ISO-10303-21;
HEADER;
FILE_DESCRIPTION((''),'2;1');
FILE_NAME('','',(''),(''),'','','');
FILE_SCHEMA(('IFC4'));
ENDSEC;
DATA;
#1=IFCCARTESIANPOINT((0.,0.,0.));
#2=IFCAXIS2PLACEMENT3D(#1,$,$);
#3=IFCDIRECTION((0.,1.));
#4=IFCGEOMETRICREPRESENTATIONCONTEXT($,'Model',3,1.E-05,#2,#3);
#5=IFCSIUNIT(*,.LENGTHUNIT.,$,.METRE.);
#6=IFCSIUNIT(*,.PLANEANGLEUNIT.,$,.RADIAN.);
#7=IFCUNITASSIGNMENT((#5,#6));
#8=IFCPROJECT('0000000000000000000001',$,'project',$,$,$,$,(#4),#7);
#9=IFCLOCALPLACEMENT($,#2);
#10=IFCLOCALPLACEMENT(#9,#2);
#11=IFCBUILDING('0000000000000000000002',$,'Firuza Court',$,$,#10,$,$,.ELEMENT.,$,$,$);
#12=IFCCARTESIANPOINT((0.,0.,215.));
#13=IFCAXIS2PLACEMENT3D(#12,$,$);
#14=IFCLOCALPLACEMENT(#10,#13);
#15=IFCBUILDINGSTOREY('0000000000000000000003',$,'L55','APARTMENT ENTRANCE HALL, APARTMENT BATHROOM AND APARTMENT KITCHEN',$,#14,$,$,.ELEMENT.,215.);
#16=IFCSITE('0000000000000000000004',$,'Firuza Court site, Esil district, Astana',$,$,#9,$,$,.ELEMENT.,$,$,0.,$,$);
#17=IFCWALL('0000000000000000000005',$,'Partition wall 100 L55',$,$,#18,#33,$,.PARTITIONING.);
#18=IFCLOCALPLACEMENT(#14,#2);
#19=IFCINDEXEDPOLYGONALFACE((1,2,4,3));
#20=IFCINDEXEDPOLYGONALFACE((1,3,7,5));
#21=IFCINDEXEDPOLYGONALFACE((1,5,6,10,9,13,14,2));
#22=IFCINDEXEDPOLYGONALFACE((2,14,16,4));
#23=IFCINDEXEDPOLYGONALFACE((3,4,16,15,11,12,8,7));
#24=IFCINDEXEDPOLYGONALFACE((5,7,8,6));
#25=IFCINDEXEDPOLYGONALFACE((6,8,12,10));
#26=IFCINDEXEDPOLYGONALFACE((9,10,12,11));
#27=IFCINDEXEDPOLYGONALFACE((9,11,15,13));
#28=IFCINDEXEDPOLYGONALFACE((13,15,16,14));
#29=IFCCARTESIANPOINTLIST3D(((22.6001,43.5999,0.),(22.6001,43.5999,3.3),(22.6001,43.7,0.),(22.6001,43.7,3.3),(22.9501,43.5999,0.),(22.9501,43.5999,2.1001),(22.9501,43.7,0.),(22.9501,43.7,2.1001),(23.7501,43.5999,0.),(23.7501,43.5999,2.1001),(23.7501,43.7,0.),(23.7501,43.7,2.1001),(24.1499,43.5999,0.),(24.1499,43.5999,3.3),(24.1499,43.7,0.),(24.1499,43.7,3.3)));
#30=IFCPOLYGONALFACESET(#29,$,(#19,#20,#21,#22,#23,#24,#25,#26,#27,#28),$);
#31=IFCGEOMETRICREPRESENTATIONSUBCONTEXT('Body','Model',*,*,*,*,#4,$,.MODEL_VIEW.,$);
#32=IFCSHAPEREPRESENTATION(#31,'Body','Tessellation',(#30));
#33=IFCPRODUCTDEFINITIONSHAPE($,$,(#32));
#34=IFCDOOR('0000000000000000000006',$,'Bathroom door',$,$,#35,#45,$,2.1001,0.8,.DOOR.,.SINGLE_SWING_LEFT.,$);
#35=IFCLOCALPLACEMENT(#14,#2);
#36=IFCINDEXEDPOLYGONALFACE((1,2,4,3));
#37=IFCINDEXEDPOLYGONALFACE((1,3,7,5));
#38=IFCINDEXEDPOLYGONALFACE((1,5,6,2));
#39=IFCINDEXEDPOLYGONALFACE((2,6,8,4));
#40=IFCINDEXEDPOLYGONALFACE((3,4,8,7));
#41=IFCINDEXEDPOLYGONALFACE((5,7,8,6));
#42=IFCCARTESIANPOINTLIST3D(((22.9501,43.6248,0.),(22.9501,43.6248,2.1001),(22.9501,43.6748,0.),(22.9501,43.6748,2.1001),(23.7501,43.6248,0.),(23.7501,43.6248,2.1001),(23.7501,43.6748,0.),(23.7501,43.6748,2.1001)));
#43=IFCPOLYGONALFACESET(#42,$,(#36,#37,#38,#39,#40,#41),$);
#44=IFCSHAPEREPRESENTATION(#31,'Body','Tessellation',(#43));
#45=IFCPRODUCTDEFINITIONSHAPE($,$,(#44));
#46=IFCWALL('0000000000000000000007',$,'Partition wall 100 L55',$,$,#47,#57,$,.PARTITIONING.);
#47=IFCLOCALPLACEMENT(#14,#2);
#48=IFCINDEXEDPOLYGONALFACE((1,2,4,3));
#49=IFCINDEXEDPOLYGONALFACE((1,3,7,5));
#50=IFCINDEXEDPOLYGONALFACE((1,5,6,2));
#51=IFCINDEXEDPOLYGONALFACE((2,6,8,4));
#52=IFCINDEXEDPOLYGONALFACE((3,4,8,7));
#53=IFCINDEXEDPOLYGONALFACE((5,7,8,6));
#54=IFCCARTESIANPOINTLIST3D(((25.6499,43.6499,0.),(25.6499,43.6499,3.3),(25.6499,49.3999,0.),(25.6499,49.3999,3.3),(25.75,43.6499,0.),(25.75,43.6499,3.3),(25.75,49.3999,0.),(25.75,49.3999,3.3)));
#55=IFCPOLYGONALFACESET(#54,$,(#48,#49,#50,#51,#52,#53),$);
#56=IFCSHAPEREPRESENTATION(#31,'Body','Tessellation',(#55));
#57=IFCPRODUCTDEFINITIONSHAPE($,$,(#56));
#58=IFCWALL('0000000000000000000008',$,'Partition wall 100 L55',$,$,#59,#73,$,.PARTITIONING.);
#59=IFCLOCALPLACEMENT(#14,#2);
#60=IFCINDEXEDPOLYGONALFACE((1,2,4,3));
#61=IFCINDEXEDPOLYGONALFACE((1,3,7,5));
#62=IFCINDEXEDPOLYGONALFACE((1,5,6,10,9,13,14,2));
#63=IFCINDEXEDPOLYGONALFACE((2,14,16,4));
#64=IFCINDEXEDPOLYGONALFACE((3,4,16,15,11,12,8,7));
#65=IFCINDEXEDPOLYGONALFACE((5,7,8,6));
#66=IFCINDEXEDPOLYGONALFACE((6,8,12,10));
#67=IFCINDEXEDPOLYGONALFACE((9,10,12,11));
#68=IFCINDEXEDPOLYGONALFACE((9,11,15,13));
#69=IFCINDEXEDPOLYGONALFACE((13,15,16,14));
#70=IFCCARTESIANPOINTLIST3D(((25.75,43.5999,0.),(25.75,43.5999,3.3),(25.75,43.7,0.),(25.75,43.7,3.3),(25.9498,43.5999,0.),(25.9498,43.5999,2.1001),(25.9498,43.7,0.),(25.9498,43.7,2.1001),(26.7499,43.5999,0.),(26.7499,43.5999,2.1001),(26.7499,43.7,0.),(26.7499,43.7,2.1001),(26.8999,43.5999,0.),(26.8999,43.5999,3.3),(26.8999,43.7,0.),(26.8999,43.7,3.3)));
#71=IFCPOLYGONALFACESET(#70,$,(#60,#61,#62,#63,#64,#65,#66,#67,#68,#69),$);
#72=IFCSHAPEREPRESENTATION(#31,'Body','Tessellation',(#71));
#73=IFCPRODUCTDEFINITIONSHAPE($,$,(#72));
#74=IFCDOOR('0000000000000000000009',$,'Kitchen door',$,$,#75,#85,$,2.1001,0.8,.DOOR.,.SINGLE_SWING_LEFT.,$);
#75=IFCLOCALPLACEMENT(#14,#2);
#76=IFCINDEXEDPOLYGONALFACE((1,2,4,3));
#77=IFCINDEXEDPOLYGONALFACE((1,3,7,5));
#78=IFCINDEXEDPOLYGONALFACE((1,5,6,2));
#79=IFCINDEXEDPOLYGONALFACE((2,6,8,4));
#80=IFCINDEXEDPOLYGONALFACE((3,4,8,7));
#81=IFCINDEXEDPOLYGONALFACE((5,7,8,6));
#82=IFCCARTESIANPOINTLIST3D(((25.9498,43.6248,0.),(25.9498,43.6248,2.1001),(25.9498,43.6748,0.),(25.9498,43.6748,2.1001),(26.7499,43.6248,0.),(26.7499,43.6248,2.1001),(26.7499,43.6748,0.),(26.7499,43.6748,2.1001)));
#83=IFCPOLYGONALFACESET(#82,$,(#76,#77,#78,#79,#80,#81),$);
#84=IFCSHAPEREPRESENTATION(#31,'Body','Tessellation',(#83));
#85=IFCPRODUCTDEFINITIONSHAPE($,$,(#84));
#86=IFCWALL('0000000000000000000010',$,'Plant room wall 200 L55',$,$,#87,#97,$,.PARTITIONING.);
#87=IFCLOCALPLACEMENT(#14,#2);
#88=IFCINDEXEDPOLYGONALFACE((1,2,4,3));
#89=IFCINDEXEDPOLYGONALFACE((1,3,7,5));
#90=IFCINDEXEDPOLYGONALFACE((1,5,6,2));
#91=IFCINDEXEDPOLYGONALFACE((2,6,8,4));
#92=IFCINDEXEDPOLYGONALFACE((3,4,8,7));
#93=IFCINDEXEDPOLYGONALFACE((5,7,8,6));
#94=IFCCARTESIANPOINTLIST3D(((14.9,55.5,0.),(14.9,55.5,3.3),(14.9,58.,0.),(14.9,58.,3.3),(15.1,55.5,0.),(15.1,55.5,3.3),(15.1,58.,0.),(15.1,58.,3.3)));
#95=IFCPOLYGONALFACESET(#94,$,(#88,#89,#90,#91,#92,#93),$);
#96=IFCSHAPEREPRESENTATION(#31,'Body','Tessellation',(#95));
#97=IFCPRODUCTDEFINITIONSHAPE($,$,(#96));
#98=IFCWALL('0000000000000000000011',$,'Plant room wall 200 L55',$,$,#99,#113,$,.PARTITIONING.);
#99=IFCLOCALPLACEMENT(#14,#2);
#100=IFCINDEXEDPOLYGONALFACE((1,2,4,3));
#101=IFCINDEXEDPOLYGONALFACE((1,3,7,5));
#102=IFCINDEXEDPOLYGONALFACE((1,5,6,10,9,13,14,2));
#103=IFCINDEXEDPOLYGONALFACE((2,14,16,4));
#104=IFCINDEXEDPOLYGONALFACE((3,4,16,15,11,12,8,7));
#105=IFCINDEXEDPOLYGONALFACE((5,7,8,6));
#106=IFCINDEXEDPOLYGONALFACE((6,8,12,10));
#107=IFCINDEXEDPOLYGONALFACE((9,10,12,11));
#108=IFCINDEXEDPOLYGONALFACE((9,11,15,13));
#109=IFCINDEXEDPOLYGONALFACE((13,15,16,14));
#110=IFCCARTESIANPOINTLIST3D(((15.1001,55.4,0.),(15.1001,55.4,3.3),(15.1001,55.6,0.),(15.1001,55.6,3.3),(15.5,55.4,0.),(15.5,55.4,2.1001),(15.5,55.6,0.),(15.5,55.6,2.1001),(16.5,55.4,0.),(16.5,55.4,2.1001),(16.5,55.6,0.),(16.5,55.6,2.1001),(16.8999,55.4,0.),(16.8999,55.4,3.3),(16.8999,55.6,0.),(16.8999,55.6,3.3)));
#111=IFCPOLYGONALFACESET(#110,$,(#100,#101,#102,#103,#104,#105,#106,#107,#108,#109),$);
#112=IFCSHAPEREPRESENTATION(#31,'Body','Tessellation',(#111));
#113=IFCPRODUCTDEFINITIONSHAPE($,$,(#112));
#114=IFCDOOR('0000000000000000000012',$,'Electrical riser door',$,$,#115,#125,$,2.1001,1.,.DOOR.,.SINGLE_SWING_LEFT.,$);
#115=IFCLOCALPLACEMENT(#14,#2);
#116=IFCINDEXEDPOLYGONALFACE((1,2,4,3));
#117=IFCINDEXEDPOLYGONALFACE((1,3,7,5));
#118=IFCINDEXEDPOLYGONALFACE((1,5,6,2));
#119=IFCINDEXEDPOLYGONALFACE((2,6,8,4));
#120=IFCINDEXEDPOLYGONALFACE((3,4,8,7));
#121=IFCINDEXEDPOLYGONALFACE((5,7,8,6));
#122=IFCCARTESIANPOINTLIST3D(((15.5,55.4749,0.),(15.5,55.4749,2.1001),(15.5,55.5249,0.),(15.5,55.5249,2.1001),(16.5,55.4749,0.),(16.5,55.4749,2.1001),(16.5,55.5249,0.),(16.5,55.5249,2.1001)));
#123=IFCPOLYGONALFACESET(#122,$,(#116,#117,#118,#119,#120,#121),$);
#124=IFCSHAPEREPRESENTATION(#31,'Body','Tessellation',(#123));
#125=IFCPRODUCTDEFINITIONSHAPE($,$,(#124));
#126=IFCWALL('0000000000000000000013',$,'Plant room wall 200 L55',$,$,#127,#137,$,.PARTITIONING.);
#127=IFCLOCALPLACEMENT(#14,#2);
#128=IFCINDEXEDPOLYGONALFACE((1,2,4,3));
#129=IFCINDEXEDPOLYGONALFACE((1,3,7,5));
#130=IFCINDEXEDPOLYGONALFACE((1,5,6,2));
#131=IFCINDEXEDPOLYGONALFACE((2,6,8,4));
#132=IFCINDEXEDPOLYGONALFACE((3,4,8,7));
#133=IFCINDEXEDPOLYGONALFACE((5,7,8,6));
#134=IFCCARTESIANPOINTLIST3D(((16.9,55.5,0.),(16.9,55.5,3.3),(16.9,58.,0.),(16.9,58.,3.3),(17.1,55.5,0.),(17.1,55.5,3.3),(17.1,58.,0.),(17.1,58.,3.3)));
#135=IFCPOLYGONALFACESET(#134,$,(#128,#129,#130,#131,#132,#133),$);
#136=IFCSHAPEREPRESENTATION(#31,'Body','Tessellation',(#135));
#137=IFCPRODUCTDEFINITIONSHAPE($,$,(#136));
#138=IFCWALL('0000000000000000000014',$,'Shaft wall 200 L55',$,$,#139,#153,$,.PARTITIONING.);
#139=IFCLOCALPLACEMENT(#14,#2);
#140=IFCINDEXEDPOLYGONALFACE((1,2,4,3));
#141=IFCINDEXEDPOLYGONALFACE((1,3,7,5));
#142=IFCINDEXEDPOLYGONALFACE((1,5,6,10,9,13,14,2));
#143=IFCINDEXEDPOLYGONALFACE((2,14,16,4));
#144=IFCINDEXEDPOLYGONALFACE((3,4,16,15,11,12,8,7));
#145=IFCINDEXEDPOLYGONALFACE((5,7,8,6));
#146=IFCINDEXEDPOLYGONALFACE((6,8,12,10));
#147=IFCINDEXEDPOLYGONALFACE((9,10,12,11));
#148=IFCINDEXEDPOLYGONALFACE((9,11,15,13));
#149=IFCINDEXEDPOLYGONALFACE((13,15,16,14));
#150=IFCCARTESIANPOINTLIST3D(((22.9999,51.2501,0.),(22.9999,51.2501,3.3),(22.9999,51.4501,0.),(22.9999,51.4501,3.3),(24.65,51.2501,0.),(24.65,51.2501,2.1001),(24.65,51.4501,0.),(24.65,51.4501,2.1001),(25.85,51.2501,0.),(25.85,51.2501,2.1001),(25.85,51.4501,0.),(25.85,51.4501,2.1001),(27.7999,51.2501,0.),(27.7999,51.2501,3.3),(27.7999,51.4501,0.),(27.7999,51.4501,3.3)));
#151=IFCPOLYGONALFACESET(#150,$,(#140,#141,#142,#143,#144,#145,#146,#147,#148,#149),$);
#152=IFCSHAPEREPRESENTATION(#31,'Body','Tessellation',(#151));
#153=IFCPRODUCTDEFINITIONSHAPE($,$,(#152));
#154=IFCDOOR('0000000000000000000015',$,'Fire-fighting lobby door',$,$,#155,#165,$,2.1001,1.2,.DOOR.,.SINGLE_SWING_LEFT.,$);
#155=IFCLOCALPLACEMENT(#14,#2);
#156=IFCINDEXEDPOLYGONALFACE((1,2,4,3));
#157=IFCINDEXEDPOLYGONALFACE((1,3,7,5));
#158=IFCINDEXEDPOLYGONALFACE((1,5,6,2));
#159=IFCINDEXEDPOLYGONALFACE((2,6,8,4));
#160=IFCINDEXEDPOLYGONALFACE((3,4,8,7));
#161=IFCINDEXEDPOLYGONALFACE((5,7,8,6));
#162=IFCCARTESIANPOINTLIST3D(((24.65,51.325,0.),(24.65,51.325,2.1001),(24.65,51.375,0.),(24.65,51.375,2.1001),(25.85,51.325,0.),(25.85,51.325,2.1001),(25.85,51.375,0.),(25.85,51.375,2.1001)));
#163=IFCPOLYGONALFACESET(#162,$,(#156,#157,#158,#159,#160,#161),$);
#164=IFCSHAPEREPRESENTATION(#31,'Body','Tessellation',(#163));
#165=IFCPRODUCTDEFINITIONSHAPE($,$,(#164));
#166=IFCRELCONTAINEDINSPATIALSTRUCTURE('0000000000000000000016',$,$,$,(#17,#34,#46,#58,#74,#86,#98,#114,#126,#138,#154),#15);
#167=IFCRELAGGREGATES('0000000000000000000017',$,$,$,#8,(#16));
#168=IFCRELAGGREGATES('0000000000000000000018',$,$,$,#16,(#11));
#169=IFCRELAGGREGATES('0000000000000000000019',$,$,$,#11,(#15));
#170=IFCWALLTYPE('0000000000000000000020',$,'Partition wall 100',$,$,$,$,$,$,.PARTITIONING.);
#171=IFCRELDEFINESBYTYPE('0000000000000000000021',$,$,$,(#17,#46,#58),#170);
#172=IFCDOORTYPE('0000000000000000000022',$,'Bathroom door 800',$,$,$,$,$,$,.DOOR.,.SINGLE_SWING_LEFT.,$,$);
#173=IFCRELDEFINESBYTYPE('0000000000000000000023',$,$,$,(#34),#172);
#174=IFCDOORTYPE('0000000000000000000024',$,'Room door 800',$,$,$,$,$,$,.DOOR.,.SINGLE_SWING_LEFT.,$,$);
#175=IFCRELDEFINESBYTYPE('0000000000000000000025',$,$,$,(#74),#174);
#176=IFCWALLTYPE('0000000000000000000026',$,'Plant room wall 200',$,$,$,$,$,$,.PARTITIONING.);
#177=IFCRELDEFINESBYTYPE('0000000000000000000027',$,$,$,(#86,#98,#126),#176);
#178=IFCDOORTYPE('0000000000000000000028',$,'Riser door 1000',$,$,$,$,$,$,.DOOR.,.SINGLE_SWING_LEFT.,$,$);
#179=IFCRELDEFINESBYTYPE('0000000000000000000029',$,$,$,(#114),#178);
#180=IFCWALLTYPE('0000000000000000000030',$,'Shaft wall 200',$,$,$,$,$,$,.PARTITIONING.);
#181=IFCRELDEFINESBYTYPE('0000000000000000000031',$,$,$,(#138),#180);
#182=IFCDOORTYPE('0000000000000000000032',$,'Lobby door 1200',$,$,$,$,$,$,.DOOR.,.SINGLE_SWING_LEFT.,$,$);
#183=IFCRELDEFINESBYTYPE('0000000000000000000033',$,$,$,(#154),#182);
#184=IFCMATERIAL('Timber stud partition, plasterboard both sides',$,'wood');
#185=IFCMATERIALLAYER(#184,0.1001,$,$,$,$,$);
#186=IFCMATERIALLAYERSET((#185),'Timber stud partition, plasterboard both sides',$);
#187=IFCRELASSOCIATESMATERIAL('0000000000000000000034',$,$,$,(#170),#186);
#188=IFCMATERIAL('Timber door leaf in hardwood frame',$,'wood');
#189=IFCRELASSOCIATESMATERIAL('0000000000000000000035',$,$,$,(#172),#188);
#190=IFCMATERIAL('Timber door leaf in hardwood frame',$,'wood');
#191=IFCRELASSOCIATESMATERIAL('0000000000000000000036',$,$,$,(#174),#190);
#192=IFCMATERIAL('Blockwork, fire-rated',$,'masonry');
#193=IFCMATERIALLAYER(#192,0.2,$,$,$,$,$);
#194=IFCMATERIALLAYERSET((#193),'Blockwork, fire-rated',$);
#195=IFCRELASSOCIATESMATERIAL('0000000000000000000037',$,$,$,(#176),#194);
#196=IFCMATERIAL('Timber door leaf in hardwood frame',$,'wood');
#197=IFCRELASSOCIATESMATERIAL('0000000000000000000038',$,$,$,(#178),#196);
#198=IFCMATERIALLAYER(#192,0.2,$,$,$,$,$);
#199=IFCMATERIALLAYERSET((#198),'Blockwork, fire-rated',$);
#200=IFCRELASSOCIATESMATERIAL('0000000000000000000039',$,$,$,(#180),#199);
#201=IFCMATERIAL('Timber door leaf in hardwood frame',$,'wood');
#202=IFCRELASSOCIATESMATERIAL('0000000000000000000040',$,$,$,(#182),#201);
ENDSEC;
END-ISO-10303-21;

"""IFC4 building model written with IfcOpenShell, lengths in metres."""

from ifc_helpers import new_model, si_unit, direction, frame, frame_2d, origin, place, context, subcontext, project, spatial, rectangle, extrude, material, layer, layer_set, type_object, element, fill, save


model = new_model("IFC4")

# Units and contexts
model_context = context("Model", 3, precision=1e-05, world=origin(), true_north=direction((0.0, 1.0)))
body_context = subcontext(model_context, "Body", "Model", "MODEL_VIEW")
ifc_project = project(units=[si_unit("LENGTHUNIT", "METRE"), si_unit("PLANEANGLEUNIT", "RADIAN")], contexts=[model_context])

# Site, building, storey
site_placement = place(None, origin())
site = spatial("IfcSite", under=ifc_project, at=site_placement, Name="Firuza Court site, Esil district, Astana", CompositionType="ELEMENT", RefElevation=0.0)
building_placement = place(site_placement, origin())
building = spatial("IfcBuilding", under=site, at=building_placement, Name="Firuza Court", CompositionType="ELEMENT")
storey_placement = place(building_placement, frame((0.0, 0.0, 215.0)))
storey = spatial("IfcBuildingStorey", under=building, at=storey_placement, Name="L55", Description="APARTMENT ENTRANCE HALL, APARTMENT BATHROOM AND APARTMENT KITCHEN", CompositionType="ELEMENT", Elevation=215.0)

# Wall, opening, door
ifc_material_1 = material(Name="Timber stud partition, plasterboard both sides", Category="wood")
ifc_layer_1 = layer(ifc_material_1, 0.1001)
ifc_layer_set_1 = layer_set([ifc_layer_1], Name="Timber stud partition, plasterboard both sides")
wall_type_1 = type_object("IfcWallType", Name="Partition wall 100", PredefinedType="PARTITIONING", material=ifc_layer_set_1)
wall_1_placement = place(storey_placement, frame((22.6001, 43.6499, 0.0), z_axis=(0.0, 0.0, 1.0), x_axis=(1.0, 0.0, 0.0)))
wall_1 = element("IfcWall", 1, at=wall_1_placement, inside=storey, type_object=wall_type_1, Name="Partition wall 100 L55", PredefinedType="PARTITIONING", context=body_context, shape_type="SweptSolid", body=[
    extrude(rectangle(XDim=1.5498, YDim=0.1001, at=frame_2d((0.7749, 0.0))), origin(), (0.0, 0.0, 1.0), 3.3),
])
opening_1_placement = place(wall_1_placement, frame((0.3501, 0.0, 0.0)))
opening_1 = element("IfcOpeningElement", 2, at=opening_1_placement, cuts=wall_1, PredefinedType="OPENING", context=body_context, shape_type="SweptSolid", body=[
    extrude(rectangle(XDim=0.8, YDim=2.1001, at=frame_2d((0.3999, 1.05))), frame((0.0, 0.062, 0.0), z_axis=(0.0, -1.0, 0.0), x_axis=(1.0, 0.0, 0.0)), (0.0, 0.0, 1.0), 0.124),
])
ifc_material_2 = material(Name="Timber door leaf in hardwood frame", Category="wood")
door_type_1 = type_object("IfcDoorType", Name="Bathroom door 800", OperationType="SINGLE_SWING_LEFT", PredefinedType="DOOR", material=ifc_material_2)
door_1_placement = place(opening_1_placement, origin())
door_1 = element("IfcDoor", 3, at=door_1_placement, inside=storey, type_object=door_type_1, Name="Bathroom door", OperationType="SINGLE_SWING_LEFT", OverallHeight=2.1001, OverallWidth=0.8, PredefinedType="DOOR", context=body_context, shape_type="SweptSolid", body=[
    extrude(rectangle(XDim=0.8, YDim=2.1001, at=frame_2d((0.3999, 1.05))), frame((0.0, 0.0249, 0.0), z_axis=(0.0, -1.0, 0.0), x_axis=(1.0, 0.0, 0.0)), (0.0, 0.0, 1.0), 0.05),
])
fill(opening_1, door_1)

# Wall
wall_2_placement = place(storey_placement, frame((25.7, 43.6499, 0.0), z_axis=(0.0, 0.0, 1.0), x_axis=(0.0, 1.0, 0.0)))
element("IfcWall", 4, at=wall_2_placement, inside=storey, type_object=wall_type_1, Name="Partition wall 100 L55", PredefinedType="PARTITIONING", context=body_context, shape_type="SweptSolid", body=[
    extrude(rectangle(XDim=5.75, YDim=0.1001, at=frame_2d((2.875, 0.0))), origin(), (0.0, 0.0, 1.0), 3.3),
])

# Wall, opening, door
wall_3_placement = place(storey_placement, frame((25.75, 43.6499, 0.0), z_axis=(0.0, 0.0, 1.0), x_axis=(1.0, 0.0, 0.0)))
wall_3 = element("IfcWall", 5, at=wall_3_placement, inside=storey, type_object=wall_type_1, Name="Partition wall 100 L55", PredefinedType="PARTITIONING", context=body_context, shape_type="SweptSolid", body=[
    extrude(rectangle(XDim=1.1499, YDim=0.1001, at=frame_2d((0.575, 0.0))), origin(), (0.0, 0.0, 1.0), 3.3),
])
opening_2_placement = place(wall_3_placement, frame((0.2, 0.0, 0.0)))
opening_2 = element("IfcOpeningElement", 6, at=opening_2_placement, cuts=wall_3, PredefinedType="OPENING", context=body_context, shape_type="SweptSolid", body=[
    extrude(rectangle(XDim=0.8, YDim=2.1001, at=frame_2d((0.3999, 1.05))), frame((0.0, 0.062, 0.0), z_axis=(0.0, -1.0, 0.0), x_axis=(1.0, 0.0, 0.0)), (0.0, 0.0, 1.0), 0.124),
])
ifc_material_3 = material(Name="Timber door leaf in hardwood frame", Category="wood")
door_type_2 = type_object("IfcDoorType", Name="Room door 800", OperationType="SINGLE_SWING_LEFT", PredefinedType="DOOR", material=ifc_material_3)
door_2_placement = place(opening_2_placement, origin())
door_2 = element("IfcDoor", 7, at=door_2_placement, inside=storey, type_object=door_type_2, Name="Kitchen door", OperationType="SINGLE_SWING_LEFT", OverallHeight=2.1001, OverallWidth=0.8, PredefinedType="DOOR", context=body_context, shape_type="SweptSolid", body=[
    extrude(rectangle(XDim=0.8, YDim=2.1001, at=frame_2d((0.3999, 1.05))), frame((0.0, 0.0249, 0.0), z_axis=(0.0, -1.0, 0.0), x_axis=(1.0, 0.0, 0.0)), (0.0, 0.0, 1.0), 0.05),
])
fill(opening_2, door_2)

# Wall
ifc_material_4 = material(Name="Blockwork, fire-rated", Category="masonry")
ifc_layer_2 = layer(ifc_material_4, 0.2)
ifc_layer_set_2 = layer_set([ifc_layer_2], Name="Blockwork, fire-rated")
wall_type_2 = type_object("IfcWallType", Name="Plant room wall 200", PredefinedType="PARTITIONING", material=ifc_layer_set_2)
wall_4_placement = place(storey_placement, frame((15.0, 55.5, 0.0), z_axis=(0.0, 0.0, 1.0), x_axis=(0.0, 1.0, 0.0)))
element("IfcWall", 8, at=wall_4_placement, inside=storey, type_object=wall_type_2, Name="Plant room wall 200 L55", PredefinedType="PARTITIONING", context=body_context, shape_type="SweptSolid", body=[
    extrude(rectangle(XDim=2.5, YDim=0.2, at=frame_2d((1.25, 0.0))), origin(), (0.0, 0.0, 1.0), 3.3),
])

# Wall, opening, door
wall_5_placement = place(storey_placement, frame((15.1001, 55.5, 0.0), z_axis=(0.0, 0.0, 1.0), x_axis=(1.0, 0.0, 0.0)))
wall_5 = element("IfcWall", 9, at=wall_5_placement, inside=storey, type_object=wall_type_2, Name="Plant room wall 200 L55", PredefinedType="PARTITIONING", context=body_context, shape_type="SweptSolid", body=[
    extrude(rectangle(XDim=1.7998, YDim=0.2, at=frame_2d((0.8999, 0.0))), origin(), (0.0, 0.0, 1.0), 3.3),
])
opening_3_placement = place(wall_5_placement, frame((0.3999, 0.0, 0.0)))
opening_3 = element("IfcOpeningElement", 10, at=opening_3_placement, cuts=wall_5, PredefinedType="OPENING", context=body_context, shape_type="SweptSolid", body=[
    extrude(rectangle(XDim=1.0, YDim=2.1001, at=frame_2d((0.5, 1.05))), frame((0.0, 0.1118, 0.0), z_axis=(0.0, -1.0, 0.0), x_axis=(1.0, 0.0, 0.0)), (0.0, 0.0, 1.0), 0.2239),
])
ifc_material_5 = material(Name="Timber door leaf in hardwood frame", Category="wood")
door_type_3 = type_object("IfcDoorType", Name="Riser door 1000", OperationType="SINGLE_SWING_LEFT", PredefinedType="DOOR", material=ifc_material_5)
door_3_placement = place(opening_3_placement, origin())
door_3 = element("IfcDoor", 11, at=door_3_placement, inside=storey, type_object=door_type_3, Name="Electrical riser door", OperationType="SINGLE_SWING_LEFT", OverallHeight=2.1001, OverallWidth=1.0, PredefinedType="DOOR", context=body_context, shape_type="SweptSolid", body=[
    extrude(rectangle(XDim=1.0, YDim=2.1001, at=frame_2d((0.5, 1.05))), frame((0.0, 0.0249, 0.0), z_axis=(0.0, -1.0, 0.0), x_axis=(1.0, 0.0, 0.0)), (0.0, 0.0, 1.0), 0.05),
])
fill(opening_3, door_3)

# Wall
wall_6_placement = place(storey_placement, frame((17.0, 55.5, 0.0), z_axis=(0.0, 0.0, 1.0), x_axis=(0.0, 1.0, 0.0)))
element("IfcWall", 12, at=wall_6_placement, inside=storey, type_object=wall_type_2, Name="Plant room wall 200 L55", PredefinedType="PARTITIONING", context=body_context, shape_type="SweptSolid", body=[
    extrude(rectangle(XDim=2.5, YDim=0.2, at=frame_2d((1.25, 0.0))), origin(), (0.0, 0.0, 1.0), 3.3),
])

# Wall, opening, door
ifc_layer_3 = layer(ifc_material_4, 0.2)
ifc_layer_set_3 = layer_set([ifc_layer_3], Name="Blockwork, fire-rated")
wall_type_3 = type_object("IfcWallType", Name="Shaft wall 200", PredefinedType="PARTITIONING", material=ifc_layer_set_3)
wall_7_placement = place(storey_placement, frame((23.0, 51.3501, 0.0), z_axis=(0.0, 0.0, 1.0), x_axis=(1.0, 0.0, 0.0)))
wall_7 = element("IfcWall", 13, at=wall_7_placement, inside=storey, type_object=wall_type_3, Name="Shaft wall 200 L55", PredefinedType="PARTITIONING", context=body_context, shape_type="SweptSolid", body=[
    extrude(rectangle(XDim=4.8, YDim=0.2, at=frame_2d((2.3999, 0.0))), origin(), (0.0, 0.0, 1.0), 3.3),
])
opening_4_placement = place(wall_7_placement, frame((1.6499, 0.0, 0.0)))
opening_4 = element("IfcOpeningElement", 14, at=opening_4_placement, cuts=wall_7, PredefinedType="OPENING", context=body_context, shape_type="SweptSolid", body=[
    extrude(rectangle(XDim=1.2, YDim=2.1001, at=frame_2d((0.6001, 1.05))), frame((0.0, 0.1118, 0.0), z_axis=(0.0, -1.0, 0.0), x_axis=(1.0, 0.0, 0.0)), (0.0, 0.0, 1.0), 0.2239),
])
ifc_material_6 = material(Name="Timber door leaf in hardwood frame", Category="wood")
door_type_4 = type_object("IfcDoorType", Name="Lobby door 1200", OperationType="SINGLE_SWING_LEFT", PredefinedType="DOOR", material=ifc_material_6)
door_4_placement = place(opening_4_placement, origin())
door_4 = element("IfcDoor", 15, at=door_4_placement, inside=storey, type_object=door_type_4, Name="Fire-fighting lobby door", OperationType="SINGLE_SWING_LEFT", OverallHeight=2.1001, OverallWidth=1.2, PredefinedType="DOOR", context=body_context, shape_type="SweptSolid", body=[
    extrude(rectangle(XDim=1.2, YDim=2.1001, at=frame_2d((0.6001, 1.05))), frame((0.0, 0.0249, 0.0), z_axis=(0.0, -1.0, 0.0), x_axis=(1.0, 0.0, 0.0)), (0.0, 0.0, 1.0), 0.05),
])
fill(opening_4, door_4)

save(model, "model.ifc")
